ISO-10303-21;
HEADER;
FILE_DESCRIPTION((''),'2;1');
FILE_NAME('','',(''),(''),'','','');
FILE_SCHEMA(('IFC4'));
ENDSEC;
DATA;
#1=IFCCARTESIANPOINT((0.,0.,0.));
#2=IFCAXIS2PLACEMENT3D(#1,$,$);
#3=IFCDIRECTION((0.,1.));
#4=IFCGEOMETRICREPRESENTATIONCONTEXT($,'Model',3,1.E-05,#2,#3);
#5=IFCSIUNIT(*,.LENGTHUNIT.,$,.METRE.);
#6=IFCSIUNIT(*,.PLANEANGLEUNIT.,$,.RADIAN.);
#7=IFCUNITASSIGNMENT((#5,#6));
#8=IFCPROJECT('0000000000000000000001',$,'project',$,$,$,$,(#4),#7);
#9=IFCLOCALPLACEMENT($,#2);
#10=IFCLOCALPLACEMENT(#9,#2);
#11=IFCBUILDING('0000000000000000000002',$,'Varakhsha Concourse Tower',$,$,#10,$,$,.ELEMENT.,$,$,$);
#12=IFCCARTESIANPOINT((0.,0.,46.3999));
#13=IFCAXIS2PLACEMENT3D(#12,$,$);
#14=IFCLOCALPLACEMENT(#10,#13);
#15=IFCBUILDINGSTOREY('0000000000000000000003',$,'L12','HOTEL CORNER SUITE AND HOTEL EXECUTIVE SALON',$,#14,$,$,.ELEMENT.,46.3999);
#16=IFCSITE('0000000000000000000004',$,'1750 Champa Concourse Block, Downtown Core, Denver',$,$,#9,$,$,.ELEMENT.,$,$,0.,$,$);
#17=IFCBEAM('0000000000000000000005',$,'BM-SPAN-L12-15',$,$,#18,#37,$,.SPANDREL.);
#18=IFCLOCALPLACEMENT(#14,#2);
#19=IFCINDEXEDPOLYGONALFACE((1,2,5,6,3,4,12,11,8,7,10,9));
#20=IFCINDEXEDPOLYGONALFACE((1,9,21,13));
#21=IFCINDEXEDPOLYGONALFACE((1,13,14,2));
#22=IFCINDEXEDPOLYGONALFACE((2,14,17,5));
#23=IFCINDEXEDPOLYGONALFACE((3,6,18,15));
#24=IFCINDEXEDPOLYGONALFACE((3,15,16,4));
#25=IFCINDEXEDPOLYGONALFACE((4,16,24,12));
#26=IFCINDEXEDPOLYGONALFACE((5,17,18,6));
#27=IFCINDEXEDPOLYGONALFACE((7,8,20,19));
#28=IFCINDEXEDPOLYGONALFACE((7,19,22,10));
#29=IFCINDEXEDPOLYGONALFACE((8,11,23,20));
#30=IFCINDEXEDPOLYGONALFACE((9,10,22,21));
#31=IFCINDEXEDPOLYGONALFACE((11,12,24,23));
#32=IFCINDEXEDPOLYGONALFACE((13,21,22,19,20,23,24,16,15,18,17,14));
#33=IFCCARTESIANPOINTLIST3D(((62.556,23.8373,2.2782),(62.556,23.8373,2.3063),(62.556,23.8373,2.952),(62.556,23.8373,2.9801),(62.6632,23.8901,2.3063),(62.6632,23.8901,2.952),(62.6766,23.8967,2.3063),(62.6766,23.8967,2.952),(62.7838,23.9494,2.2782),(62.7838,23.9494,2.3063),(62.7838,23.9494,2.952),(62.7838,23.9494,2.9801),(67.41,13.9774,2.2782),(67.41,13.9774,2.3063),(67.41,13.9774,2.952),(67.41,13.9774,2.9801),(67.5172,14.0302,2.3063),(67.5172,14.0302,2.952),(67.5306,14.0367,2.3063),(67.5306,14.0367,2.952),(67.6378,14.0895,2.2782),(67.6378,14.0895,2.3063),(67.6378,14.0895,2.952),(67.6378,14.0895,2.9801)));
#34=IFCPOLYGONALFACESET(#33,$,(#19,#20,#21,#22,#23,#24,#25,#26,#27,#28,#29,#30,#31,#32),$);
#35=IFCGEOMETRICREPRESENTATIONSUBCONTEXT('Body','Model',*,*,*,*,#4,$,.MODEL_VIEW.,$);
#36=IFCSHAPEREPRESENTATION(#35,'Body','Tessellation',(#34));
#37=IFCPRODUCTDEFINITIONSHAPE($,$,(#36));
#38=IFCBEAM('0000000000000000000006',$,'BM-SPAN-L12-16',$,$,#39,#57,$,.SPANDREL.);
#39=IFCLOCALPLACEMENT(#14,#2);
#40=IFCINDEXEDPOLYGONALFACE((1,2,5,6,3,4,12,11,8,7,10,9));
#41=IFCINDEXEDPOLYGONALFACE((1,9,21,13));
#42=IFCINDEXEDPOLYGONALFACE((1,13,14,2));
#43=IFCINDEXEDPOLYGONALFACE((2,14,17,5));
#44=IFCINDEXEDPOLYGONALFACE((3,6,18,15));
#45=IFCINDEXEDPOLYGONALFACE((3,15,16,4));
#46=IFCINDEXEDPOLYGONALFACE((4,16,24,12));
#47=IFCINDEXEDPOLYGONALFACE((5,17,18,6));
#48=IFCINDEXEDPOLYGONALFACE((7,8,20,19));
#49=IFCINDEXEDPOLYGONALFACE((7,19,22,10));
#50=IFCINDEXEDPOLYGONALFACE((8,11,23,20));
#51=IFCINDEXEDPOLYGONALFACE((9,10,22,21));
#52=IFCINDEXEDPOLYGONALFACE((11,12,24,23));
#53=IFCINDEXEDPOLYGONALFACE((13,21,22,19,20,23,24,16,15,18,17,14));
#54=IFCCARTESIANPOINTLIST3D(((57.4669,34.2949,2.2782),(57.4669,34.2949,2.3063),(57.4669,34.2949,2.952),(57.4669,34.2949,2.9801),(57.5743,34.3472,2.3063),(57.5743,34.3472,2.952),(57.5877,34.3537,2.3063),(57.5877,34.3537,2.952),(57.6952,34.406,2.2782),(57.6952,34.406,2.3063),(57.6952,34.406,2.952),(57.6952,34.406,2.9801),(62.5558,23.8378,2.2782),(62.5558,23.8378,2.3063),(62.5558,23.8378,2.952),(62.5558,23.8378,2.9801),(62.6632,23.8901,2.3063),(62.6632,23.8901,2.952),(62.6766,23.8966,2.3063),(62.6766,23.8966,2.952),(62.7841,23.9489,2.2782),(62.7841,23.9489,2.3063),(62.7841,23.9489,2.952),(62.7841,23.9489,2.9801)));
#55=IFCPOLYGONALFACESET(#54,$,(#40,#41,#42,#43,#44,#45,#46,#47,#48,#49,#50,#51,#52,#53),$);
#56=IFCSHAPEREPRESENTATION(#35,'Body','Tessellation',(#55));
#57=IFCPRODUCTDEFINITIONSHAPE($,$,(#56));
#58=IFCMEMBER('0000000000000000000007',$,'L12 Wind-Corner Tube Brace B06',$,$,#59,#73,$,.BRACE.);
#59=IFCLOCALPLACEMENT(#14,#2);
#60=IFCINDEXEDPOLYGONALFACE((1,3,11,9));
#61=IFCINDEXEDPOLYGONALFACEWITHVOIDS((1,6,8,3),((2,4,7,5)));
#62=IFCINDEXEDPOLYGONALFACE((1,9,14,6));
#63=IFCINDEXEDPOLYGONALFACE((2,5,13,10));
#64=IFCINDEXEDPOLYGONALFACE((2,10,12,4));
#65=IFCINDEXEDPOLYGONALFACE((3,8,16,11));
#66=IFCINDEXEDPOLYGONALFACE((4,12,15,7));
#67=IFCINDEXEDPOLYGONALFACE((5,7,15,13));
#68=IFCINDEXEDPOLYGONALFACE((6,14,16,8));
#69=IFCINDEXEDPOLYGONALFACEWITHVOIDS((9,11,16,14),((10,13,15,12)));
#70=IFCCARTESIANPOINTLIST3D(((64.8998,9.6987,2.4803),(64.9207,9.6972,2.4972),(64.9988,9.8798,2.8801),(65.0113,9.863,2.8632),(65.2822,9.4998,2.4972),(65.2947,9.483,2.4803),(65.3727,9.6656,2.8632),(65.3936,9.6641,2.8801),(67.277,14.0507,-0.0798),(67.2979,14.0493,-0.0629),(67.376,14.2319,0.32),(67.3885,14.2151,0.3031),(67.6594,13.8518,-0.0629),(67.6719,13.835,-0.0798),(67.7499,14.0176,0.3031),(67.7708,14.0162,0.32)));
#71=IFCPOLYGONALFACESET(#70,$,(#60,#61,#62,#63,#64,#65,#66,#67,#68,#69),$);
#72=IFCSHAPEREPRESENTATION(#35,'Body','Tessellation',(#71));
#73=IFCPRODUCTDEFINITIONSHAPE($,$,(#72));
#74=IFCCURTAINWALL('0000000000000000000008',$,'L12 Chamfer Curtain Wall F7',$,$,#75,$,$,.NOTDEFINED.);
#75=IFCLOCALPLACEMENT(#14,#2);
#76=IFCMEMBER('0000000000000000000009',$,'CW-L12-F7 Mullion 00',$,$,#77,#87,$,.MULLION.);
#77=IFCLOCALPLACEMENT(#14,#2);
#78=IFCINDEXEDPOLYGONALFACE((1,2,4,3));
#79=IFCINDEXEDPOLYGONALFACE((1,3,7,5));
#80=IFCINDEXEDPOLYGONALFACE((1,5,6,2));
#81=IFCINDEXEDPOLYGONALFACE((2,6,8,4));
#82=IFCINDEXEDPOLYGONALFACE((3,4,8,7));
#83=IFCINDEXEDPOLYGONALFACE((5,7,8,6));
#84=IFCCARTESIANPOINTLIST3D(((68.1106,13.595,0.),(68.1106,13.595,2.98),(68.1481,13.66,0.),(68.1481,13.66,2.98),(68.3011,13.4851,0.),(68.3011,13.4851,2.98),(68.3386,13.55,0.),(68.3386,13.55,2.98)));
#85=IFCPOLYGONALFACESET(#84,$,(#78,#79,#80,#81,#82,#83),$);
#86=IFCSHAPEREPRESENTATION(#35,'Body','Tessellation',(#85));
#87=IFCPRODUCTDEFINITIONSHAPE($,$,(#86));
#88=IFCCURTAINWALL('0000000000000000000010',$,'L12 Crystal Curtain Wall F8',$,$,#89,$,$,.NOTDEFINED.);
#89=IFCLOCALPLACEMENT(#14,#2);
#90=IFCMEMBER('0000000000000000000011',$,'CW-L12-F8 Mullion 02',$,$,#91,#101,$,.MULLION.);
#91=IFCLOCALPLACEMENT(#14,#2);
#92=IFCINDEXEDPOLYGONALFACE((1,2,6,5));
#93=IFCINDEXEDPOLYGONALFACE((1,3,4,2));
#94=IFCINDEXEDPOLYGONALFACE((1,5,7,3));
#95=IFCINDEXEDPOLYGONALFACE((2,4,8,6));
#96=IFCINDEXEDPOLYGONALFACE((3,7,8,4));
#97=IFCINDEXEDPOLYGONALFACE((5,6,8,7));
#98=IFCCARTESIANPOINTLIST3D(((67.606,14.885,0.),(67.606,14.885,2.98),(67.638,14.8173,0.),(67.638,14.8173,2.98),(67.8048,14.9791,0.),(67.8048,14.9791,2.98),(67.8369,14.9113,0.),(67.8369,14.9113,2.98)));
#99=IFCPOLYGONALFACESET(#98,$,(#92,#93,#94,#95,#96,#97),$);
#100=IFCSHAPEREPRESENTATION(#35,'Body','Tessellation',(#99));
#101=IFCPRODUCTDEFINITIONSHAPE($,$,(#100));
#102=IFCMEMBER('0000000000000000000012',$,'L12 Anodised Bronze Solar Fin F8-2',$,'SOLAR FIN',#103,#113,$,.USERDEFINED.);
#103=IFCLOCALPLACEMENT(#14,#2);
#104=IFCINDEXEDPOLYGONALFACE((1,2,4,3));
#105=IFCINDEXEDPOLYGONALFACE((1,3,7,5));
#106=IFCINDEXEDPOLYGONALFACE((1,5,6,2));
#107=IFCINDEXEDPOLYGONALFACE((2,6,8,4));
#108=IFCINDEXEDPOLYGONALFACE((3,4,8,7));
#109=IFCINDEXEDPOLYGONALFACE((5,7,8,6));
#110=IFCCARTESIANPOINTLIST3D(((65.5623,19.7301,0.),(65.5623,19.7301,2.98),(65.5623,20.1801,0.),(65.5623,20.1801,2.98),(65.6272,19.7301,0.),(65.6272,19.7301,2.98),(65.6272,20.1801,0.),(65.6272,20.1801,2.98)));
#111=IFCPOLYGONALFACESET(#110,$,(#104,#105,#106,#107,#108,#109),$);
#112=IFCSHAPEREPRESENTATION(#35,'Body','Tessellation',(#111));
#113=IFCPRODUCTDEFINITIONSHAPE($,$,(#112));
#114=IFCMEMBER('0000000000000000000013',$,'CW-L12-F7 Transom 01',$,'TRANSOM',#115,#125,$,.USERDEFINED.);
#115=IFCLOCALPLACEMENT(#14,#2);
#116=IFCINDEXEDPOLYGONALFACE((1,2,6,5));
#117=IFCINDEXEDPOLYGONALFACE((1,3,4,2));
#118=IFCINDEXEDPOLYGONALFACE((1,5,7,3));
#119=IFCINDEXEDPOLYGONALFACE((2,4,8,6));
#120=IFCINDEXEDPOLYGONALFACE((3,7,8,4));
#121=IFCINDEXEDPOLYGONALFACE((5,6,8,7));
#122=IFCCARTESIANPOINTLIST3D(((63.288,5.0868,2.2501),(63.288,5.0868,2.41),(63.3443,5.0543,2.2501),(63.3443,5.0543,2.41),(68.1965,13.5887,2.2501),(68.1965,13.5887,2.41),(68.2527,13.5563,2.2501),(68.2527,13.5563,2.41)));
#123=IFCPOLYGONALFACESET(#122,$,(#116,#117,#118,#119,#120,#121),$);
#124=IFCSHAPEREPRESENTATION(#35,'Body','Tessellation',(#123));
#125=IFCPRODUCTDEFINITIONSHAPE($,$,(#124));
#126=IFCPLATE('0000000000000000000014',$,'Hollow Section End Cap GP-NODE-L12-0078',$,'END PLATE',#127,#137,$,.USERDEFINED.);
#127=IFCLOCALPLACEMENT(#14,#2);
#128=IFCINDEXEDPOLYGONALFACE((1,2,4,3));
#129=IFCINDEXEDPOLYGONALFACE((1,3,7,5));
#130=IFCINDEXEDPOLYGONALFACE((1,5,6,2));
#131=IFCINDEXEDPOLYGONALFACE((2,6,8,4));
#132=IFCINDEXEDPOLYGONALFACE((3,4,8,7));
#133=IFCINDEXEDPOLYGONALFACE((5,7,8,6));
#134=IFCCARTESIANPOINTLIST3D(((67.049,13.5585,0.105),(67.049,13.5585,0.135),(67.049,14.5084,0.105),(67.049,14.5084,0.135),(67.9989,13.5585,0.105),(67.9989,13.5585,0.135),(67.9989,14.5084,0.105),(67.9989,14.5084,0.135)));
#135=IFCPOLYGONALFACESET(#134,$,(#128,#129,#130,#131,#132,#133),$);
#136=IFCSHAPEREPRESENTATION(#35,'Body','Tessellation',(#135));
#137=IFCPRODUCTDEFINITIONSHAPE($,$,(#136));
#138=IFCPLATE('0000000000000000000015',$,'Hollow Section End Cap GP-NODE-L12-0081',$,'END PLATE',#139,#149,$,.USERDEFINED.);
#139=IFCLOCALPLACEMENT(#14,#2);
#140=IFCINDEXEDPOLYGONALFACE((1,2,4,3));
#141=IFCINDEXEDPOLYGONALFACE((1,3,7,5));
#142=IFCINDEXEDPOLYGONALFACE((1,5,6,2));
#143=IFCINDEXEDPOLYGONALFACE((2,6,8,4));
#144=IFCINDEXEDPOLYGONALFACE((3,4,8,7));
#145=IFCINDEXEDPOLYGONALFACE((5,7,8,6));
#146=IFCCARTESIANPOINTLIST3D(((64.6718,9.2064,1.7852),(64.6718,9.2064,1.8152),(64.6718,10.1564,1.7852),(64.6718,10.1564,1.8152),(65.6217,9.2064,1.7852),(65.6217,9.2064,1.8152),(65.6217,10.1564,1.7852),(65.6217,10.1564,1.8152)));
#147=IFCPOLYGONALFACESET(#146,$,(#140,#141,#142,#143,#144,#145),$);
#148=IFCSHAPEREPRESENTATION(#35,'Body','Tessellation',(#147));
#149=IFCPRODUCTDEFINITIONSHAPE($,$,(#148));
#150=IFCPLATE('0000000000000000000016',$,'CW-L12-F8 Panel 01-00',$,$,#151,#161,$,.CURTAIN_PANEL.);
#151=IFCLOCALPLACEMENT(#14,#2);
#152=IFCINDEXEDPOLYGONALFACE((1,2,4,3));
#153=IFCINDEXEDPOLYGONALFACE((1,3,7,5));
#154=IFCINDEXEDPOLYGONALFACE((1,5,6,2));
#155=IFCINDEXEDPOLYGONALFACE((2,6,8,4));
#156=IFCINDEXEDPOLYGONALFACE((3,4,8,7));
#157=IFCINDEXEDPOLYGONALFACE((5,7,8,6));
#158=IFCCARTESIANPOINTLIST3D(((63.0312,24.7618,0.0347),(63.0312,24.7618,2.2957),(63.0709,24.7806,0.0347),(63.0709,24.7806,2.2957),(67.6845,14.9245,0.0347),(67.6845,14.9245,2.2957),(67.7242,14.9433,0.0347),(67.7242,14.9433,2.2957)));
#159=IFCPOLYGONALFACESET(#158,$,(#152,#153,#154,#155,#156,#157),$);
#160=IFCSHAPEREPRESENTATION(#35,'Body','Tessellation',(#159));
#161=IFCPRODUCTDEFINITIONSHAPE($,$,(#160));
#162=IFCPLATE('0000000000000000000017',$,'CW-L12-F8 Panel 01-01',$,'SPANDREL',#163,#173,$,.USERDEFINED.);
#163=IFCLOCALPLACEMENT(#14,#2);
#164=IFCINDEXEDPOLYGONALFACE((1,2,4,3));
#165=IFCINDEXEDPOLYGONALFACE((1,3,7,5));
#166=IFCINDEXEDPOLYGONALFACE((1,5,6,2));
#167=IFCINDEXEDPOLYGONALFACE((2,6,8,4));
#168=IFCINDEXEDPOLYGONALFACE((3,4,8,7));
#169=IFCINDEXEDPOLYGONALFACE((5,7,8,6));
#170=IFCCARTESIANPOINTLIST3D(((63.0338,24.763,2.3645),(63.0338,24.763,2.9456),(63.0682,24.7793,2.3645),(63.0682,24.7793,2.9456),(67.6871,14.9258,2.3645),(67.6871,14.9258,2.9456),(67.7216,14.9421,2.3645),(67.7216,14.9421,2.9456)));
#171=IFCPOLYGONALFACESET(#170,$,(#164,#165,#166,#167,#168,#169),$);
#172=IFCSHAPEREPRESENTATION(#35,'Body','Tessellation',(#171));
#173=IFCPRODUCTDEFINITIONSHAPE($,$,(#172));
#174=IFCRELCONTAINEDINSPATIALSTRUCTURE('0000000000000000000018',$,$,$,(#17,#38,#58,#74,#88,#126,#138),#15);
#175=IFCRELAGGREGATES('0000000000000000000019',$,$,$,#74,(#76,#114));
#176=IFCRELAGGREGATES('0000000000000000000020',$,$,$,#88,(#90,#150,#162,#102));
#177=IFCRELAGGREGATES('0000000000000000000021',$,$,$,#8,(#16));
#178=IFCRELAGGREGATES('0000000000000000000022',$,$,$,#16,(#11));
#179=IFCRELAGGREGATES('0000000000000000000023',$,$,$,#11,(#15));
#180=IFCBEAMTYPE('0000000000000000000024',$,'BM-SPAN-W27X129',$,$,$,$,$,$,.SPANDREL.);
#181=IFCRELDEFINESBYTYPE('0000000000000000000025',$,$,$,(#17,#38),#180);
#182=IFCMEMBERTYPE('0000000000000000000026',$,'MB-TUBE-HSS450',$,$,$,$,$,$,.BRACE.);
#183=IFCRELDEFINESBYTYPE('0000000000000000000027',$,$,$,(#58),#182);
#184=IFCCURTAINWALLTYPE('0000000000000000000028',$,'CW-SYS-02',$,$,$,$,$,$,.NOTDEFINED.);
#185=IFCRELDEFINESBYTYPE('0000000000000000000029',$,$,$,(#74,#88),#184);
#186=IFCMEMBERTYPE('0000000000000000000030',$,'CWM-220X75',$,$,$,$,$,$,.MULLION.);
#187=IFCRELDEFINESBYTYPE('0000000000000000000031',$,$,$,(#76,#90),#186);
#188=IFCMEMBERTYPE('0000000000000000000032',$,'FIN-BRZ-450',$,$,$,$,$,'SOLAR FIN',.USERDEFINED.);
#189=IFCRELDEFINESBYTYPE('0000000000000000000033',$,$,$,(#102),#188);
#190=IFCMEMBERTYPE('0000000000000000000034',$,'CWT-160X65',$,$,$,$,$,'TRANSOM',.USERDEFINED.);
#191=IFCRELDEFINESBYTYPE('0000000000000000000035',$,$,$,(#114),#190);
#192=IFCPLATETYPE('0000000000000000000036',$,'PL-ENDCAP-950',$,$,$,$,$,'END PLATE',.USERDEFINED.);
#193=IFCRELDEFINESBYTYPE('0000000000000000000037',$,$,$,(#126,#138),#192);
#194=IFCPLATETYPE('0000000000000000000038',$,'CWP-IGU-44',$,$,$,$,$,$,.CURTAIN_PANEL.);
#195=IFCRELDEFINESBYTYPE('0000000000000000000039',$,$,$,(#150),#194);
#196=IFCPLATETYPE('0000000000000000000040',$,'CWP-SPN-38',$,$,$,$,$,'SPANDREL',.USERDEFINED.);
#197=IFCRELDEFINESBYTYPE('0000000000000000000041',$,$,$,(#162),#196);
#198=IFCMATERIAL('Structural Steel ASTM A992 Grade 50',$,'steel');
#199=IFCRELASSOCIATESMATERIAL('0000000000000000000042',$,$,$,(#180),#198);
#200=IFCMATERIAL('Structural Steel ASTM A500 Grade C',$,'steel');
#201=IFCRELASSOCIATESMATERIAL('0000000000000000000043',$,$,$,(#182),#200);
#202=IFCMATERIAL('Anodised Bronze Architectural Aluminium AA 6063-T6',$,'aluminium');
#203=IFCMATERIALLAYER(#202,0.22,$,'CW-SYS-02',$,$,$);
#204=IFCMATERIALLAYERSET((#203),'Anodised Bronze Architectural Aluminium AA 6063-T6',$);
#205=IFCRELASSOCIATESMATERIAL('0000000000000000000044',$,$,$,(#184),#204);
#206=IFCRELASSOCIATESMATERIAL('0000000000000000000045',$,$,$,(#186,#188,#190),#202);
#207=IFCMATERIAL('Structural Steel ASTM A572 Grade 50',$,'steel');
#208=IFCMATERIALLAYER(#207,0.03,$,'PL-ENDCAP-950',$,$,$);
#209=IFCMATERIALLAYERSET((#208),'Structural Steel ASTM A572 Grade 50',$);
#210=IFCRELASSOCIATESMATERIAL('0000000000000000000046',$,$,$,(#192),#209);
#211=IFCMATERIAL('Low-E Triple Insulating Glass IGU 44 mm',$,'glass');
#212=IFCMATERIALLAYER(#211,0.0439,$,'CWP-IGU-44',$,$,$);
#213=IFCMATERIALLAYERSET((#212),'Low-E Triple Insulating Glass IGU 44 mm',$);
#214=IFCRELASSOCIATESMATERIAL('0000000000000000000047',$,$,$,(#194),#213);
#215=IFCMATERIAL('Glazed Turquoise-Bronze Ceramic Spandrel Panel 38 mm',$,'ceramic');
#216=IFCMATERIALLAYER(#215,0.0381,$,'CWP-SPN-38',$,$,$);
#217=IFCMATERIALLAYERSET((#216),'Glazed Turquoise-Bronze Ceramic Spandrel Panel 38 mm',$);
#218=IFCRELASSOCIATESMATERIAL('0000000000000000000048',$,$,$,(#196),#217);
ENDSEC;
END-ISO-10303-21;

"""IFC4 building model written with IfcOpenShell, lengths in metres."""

from ifc_helpers import new_model, si_unit, direction, frame, origin, origin_2d, place, context, subcontext, project, spatial, rectangle, hollow_rectangle, i_section, extrude, source, transform, mapped, material, layer, layer_set, material_profile, profile_set, type_object, type_shapes, element, aggregate, save


model = new_model("IFC4")

# Units and contexts
model_context = context("Model", 3, precision=1e-05, world=origin(), true_north=direction((0.0, 1.0)))
body_context = subcontext(model_context, "Body", "Model", "MODEL_VIEW")
ifc_project = project(units=[si_unit("LENGTHUNIT", "METRE"), si_unit("PLANEANGLEUNIT", "RADIAN")], contexts=[model_context])

# Site, building, storey
site_placement = place(None, origin())
site = spatial("IfcSite", under=ifc_project, at=site_placement, Name="1750 Champa Concourse Block, Downtown Core, Denver", CompositionType="ELEMENT", RefElevation=0.0)
building_placement = place(site_placement, origin())
building = spatial("IfcBuilding", under=site, at=building_placement, Name="Varakhsha Concourse Tower", CompositionType="ELEMENT")
storey_placement = place(building_placement, frame((0.0, 0.0, 46.3999)))
storey = spatial("IfcBuildingStorey", under=building, at=storey_placement, Name="L12", Description="HOTEL CORNER SUITE AND HOTEL EXECUTIVE SALON", CompositionType="ELEMENT", Elevation=46.3999)

# Shared definitions
ifc_material_1 = material(Name="Structural Steel ASTM A992 Grade 50", Category="steel")
ifc_material_2 = material(Name="Structural Steel ASTM A572 Grade 50", Category="steel")

# Beams
ifc_material_profile_1 = material_profile(ifc_material_1, i_section(OverallWidth=0.2539, OverallDepth=0.7019, WebThickness=0.0149, FlangeThickness=0.0281, at=origin_2d()), Name="W27X129")
ifc_profile_set_1 = profile_set([ifc_material_profile_1], Name="Structural Steel ASTM A992 Grade 50")
beam_type_1 = type_object("IfcBeamType", Name="BM-SPAN-W27X129", PredefinedType="SPANDREL", material=ifc_profile_set_1)
beam_1_placement = place(storey_placement, frame((67.5239, 14.0334, 2.6292), z_axis=(-0.441678, 0.897174, 0.0), x_axis=(-0.897174, -0.441678, 0.0)))
element("IfcBeam", 1, at=beam_1_placement, inside=storey, type_object=beam_type_1, Name="BM-SPAN-L12-15", PredefinedType="SPANDREL", context=body_context, shape_type="SweptSolid", body=[
    extrude(i_section(OverallWidth=0.2539, OverallDepth=0.7019, WebThickness=0.0149, FlangeThickness=0.0281, at=origin_2d()), origin(), (0.0, 0.0, 1.0), 10.99),
])
beam_2_placement = place(storey_placement, frame((62.6699, 23.8933, 2.6292), z_axis=(-0.437581, 0.899179, 0.0), x_axis=(-0.899179, -0.437581, 0.0)))
element("IfcBeam", 2, at=beam_2_placement, inside=storey, type_object=beam_type_1, Name="BM-SPAN-L12-16", PredefinedType="SPANDREL", context=body_context, shape_type="SweptSolid", body=[
    extrude(i_section(OverallWidth=0.2539, OverallDepth=0.7019, WebThickness=0.0149, FlangeThickness=0.0281, at=origin_2d()), origin(), (0.0, 0.0, 1.0), 11.6296),
])

# Member
ifc_material_3 = material(Name="Structural Steel ASTM A500 Grade C", Category="steel")
ifc_material_profile_2 = material_profile(ifc_material_3, hollow_rectangle(XDim=0.45, YDim=0.45, WallThickness=0.019, at=origin_2d()), Name="HSS 450x450x19")
ifc_profile_set_2 = profile_set([ifc_material_profile_2], Name="Structural Steel ASTM A500 Grade C")
member_type_1 = type_object("IfcMemberType", Name="MB-TUBE-HSS450", PredefinedType="BRACE", material=ifc_profile_set_2)
shared_shape_1 = source(origin(), body_context, "Body", "SweptSolid", [
    extrude(hollow_rectangle(XDim=0.45, YDim=0.45, WallThickness=0.019, at=origin_2d()), origin(), (0.0, 0.0, 1.0), 5.5808),
])
type_shapes(member_type_1, [shared_shape_1])
member_1_placement = place(storey_placement, frame((67.5239, 14.0334, 0.1201), z_axis=(-0.42596, -0.779826, 0.458726), x_axis=(0.877611, -0.479373, 0.0)))
element("IfcMember", 3, at=member_1_placement, inside=storey, type_object=member_type_1, Name="L12 Wind-Corner Tube Brace B06", PredefinedType="BRACE", context=body_context, shape_type="MappedRepresentation", body=[
    mapped(shared_shape_1, transform((0.0, 0.0, 0.0), scale=1.0)),
])

# Curtain wall, member
ifc_material_4 = material(Name="Anodised Bronze Architectural Aluminium AA 6063-T6", Category="aluminium")
ifc_layer_1 = layer(ifc_material_4, 0.22, Name="CW-SYS-02")
ifc_layer_set_1 = layer_set([ifc_layer_1], Name="Anodised Bronze Architectural Aluminium AA 6063-T6")
curtain_wall_type = type_object("IfcCurtainWallType", Name="CW-SYS-02", PredefinedType="NOTDEFINED", material=ifc_layer_set_1)
curtain_wall_1_placement = place(storey_placement, origin())
curtain_wall_1 = element("IfcCurtainWall", 4, at=curtain_wall_1_placement, inside=storey, type_object=curtain_wall_type, Name="L12 Chamfer Curtain Wall F7", PredefinedType="NOTDEFINED")
ifc_material_profile_3 = material_profile(ifc_material_4, rectangle(XDim=0.075, YDim=0.22, at=origin_2d()), Name="CWM-220X75")
ifc_profile_set_3 = profile_set([ifc_material_profile_3], Name="Anodised Bronze Architectural Aluminium AA 6063-T6")
member_type_2 = type_object("IfcMemberType", Name="CWM-220X75", PredefinedType="MULLION", material=ifc_profile_set_3)
shared_shape_2 = source(origin(), body_context, "Body", "SweptSolid", [
    extrude(rectangle(XDim=0.075, YDim=0.22, at=origin_2d()), origin(), (0.0, 0.0, 1.0), 2.98),
])
type_shapes(member_type_2, [shared_shape_2])
member_2_placement = place(storey_placement, frame((68.2246, 13.5725, 0.0), z_axis=(0.0, 0.0, 1.0), x_axis=(-0.499994, -0.866029, 0.0)))
member_2 = element("IfcMember", 5, at=member_2_placement, type_object=member_type_2, Name="CW-L12-F7 Mullion 00", PredefinedType="MULLION", context=body_context, shape_type="MappedRepresentation", body=[
    mapped(shared_shape_2, transform((0.0, 0.0, 0.0), scale=1.0)),
])

# Curtain wall, members
curtain_wall_2_placement = place(storey_placement, origin())
curtain_wall_2 = element("IfcCurtainWall", 6, at=curtain_wall_2_placement, inside=storey, type_object=curtain_wall_type, Name="L12 Crystal Curtain Wall F8", PredefinedType="NOTDEFINED")
member_3_placement = place(storey_placement, frame((67.7214, 14.8982, 0.0), z_axis=(0.0, 0.0, 1.0), x_axis=(0.427604, -0.903966, 0.0)))
member_3 = element("IfcMember", 7, at=member_3_placement, type_object=member_type_2, Name="CW-L12-F8 Mullion 02", PredefinedType="MULLION", context=body_context, shape_type="MappedRepresentation", body=[
    mapped(shared_shape_2, transform((0.0, 0.0, 0.0), scale=1.0)),
])
ifc_material_profile_4 = material_profile(ifc_material_4, rectangle(XDim=0.0649, YDim=0.45, at=origin_2d()), Name="FIN-BRZ-450")
ifc_profile_set_4 = profile_set([ifc_material_profile_4], Name="Anodised Bronze Architectural Aluminium AA 6063-T6")
member_type_3 = type_object("IfcMemberType", Name="FIN-BRZ-450", ElementType="SOLAR FIN", PredefinedType="USERDEFINED", material=ifc_profile_set_4)
shared_shape_3 = source(origin(), body_context, "Body", "SweptSolid", [
    extrude(rectangle(XDim=0.0649, YDim=0.45, at=origin_2d()), origin(), (0.0, 0.0, 1.0), 2.98),
])
type_shapes(member_type_3, [shared_shape_3])
member_4_placement = place(storey_placement, frame((65.5947, 19.9551, 0.0), z_axis=(0.0, 0.0, 1.0), x_axis=(1.0, 0.0, 0.0)))
member_4 = element("IfcMember", 8, at=member_4_placement, type_object=member_type_3, Name="L12 Anodised Bronze Solar Fin F8-2", ObjectType="SOLAR FIN", PredefinedType="USERDEFINED", context=body_context, shape_type="MappedRepresentation", body=[
    mapped(shared_shape_3, transform((0.0, 0.0, 0.0), scale=1.0)),
])

# Member
ifc_material_profile_5 = material_profile(ifc_material_4, rectangle(XDim=0.0649, YDim=0.1599, at=origin_2d()), Name="CWT-160X65")
ifc_profile_set_5 = profile_set([ifc_material_profile_5], Name="Anodised Bronze Architectural Aluminium AA 6063-T6")
member_type_4 = type_object("IfcMemberType", Name="CWT-160X65", ElementType="TRANSOM", PredefinedType="USERDEFINED", material=ifc_profile_set_5)
shared_shape_4 = source(origin(), body_context, "Body", "SweptSolid", [
    extrude(rectangle(XDim=0.0649, YDim=0.1599, at=origin_2d()), origin(), (0.0, 0.0, 1.0), 9.8171),
])
type_shapes(member_type_4, [shared_shape_4])
member_5_placement = place(storey_placement, frame((68.2246, 13.5725, 2.3301), z_axis=(-0.499988, -0.866032, 0.0), x_axis=(0.866032, -0.499988, 0.0)))
member_5 = element("IfcMember", 9, at=member_5_placement, type_object=member_type_4, Name="CW-L12-F7 Transom 01", ObjectType="TRANSOM", PredefinedType="USERDEFINED", context=body_context, shape_type="MappedRepresentation", body=[
    mapped(shared_shape_4, transform((0.0, 0.0, 0.0), scale=1.0)),
])
aggregate(curtain_wall_1, [member_2, member_5])

# Plates
ifc_layer_2 = layer(ifc_material_2, 0.03, Name="PL-ENDCAP-950")
ifc_layer_set_2 = layer_set([ifc_layer_2], Name="Structural Steel ASTM A572 Grade 50")
plate_type_1 = type_object("IfcPlateType", Name="PL-ENDCAP-950", ElementType="END PLATE", PredefinedType="USERDEFINED", material=ifc_layer_set_2)
shared_shape_5 = source(origin(), body_context, "Body", "SweptSolid", [
    extrude(rectangle(XDim=0.95, YDim=0.95, at=origin_2d()), origin(), (0.0, 0.0, 1.0), 0.03),
])
type_shapes(plate_type_1, [shared_shape_5])
for number, where, z_axis, x_axis, name in (
    (10, (67.5239, 14.0334, 0.105), (0.0, 0.0, 1.0), (1.0, 0.0, 0.0), "Hollow Section End Cap GP-NODE-L12-0078"),
    (11, (65.1467, 9.6814, 1.7852), (0.0, 0.0, 1.0), (1.0, 0.0, 0.0), "Hollow Section End Cap GP-NODE-L12-0081"),
):
    element("IfcPlate", number, at=place(storey_placement, frame(where, z_axis=z_axis, x_axis=x_axis)), inside=storey, type_object=plate_type_1, Name=name, ObjectType="END PLATE", PredefinedType="USERDEFINED", context=body_context, shape_type="MappedRepresentation", body=[
        mapped(shared_shape_5, transform((0.0, 0.0, 0.0), scale=1.0)),
    ])

# Plates
ifc_material_5 = material(Name="Low-E Triple Insulating Glass IGU 44 mm", Category="glass")
ifc_layer_3 = layer(ifc_material_5, 0.0439, Name="CWP-IGU-44")
ifc_layer_set_3 = layer_set([ifc_layer_3], Name="Low-E Triple Insulating Glass IGU 44 mm")
plate_type_2 = type_object("IfcPlateType", Name="CWP-IGU-44", PredefinedType="CURTAIN_PANEL", material=ifc_layer_set_3)
shared_shape_6 = source(origin(), body_context, "Body", "SweptSolid", [
    extrude(rectangle(XDim=10.8823, YDim=0.0439, at=origin_2d()), origin(), (0.0, 0.0, 1.0), 2.261),
])
type_shapes(plate_type_2, [shared_shape_6])
plate_1_placement = place(storey_placement, frame((65.3777, 19.8525, 0.0347), z_axis=(0.0, 0.0, 1.0), x_axis=(0.427604, -0.903966, 0.0)))
plate_1 = element("IfcPlate", 12, at=plate_1_placement, type_object=plate_type_2, Name="CW-L12-F8 Panel 01-00", PredefinedType="CURTAIN_PANEL", context=body_context, shape_type="MappedRepresentation", body=[
    mapped(shared_shape_6, transform((0.0, 0.0, 0.0), scale=1.0)),
])
ifc_material_6 = material(Name="Glazed Turquoise-Bronze Ceramic Spandrel Panel 38 mm", Category="ceramic")
ifc_layer_4 = layer(ifc_material_6, 0.0381, Name="CWP-SPN-38")
ifc_layer_set_4 = layer_set([ifc_layer_4], Name="Glazed Turquoise-Bronze Ceramic Spandrel Panel 38 mm")
plate_type_3 = type_object("IfcPlateType", Name="CWP-SPN-38", ElementType="SPANDREL", PredefinedType="USERDEFINED", material=ifc_layer_set_4)
shared_shape_7 = source(origin(), body_context, "Body", "SweptSolid", [
    extrude(rectangle(XDim=10.8823, YDim=0.0381, at=origin_2d()), origin(), (0.0, 0.0, 1.0), 0.5811),
])
type_shapes(plate_type_3, [shared_shape_7])
plate_2_placement = place(storey_placement, frame((65.3777, 19.8525, 2.3645), z_axis=(0.0, 0.0, 1.0), x_axis=(0.427604, -0.903966, 0.0)))
plate_2 = element("IfcPlate", 13, at=plate_2_placement, type_object=plate_type_3, Name="CW-L12-F8 Panel 01-01", ObjectType="SPANDREL", PredefinedType="USERDEFINED", context=body_context, shape_type="MappedRepresentation", body=[
    mapped(shared_shape_7, transform((0.0, 0.0, 0.0), scale=1.0)),
])
aggregate(curtain_wall_2, [member_3, plate_1, plate_2, member_4])

save(model, "model.ifc")
